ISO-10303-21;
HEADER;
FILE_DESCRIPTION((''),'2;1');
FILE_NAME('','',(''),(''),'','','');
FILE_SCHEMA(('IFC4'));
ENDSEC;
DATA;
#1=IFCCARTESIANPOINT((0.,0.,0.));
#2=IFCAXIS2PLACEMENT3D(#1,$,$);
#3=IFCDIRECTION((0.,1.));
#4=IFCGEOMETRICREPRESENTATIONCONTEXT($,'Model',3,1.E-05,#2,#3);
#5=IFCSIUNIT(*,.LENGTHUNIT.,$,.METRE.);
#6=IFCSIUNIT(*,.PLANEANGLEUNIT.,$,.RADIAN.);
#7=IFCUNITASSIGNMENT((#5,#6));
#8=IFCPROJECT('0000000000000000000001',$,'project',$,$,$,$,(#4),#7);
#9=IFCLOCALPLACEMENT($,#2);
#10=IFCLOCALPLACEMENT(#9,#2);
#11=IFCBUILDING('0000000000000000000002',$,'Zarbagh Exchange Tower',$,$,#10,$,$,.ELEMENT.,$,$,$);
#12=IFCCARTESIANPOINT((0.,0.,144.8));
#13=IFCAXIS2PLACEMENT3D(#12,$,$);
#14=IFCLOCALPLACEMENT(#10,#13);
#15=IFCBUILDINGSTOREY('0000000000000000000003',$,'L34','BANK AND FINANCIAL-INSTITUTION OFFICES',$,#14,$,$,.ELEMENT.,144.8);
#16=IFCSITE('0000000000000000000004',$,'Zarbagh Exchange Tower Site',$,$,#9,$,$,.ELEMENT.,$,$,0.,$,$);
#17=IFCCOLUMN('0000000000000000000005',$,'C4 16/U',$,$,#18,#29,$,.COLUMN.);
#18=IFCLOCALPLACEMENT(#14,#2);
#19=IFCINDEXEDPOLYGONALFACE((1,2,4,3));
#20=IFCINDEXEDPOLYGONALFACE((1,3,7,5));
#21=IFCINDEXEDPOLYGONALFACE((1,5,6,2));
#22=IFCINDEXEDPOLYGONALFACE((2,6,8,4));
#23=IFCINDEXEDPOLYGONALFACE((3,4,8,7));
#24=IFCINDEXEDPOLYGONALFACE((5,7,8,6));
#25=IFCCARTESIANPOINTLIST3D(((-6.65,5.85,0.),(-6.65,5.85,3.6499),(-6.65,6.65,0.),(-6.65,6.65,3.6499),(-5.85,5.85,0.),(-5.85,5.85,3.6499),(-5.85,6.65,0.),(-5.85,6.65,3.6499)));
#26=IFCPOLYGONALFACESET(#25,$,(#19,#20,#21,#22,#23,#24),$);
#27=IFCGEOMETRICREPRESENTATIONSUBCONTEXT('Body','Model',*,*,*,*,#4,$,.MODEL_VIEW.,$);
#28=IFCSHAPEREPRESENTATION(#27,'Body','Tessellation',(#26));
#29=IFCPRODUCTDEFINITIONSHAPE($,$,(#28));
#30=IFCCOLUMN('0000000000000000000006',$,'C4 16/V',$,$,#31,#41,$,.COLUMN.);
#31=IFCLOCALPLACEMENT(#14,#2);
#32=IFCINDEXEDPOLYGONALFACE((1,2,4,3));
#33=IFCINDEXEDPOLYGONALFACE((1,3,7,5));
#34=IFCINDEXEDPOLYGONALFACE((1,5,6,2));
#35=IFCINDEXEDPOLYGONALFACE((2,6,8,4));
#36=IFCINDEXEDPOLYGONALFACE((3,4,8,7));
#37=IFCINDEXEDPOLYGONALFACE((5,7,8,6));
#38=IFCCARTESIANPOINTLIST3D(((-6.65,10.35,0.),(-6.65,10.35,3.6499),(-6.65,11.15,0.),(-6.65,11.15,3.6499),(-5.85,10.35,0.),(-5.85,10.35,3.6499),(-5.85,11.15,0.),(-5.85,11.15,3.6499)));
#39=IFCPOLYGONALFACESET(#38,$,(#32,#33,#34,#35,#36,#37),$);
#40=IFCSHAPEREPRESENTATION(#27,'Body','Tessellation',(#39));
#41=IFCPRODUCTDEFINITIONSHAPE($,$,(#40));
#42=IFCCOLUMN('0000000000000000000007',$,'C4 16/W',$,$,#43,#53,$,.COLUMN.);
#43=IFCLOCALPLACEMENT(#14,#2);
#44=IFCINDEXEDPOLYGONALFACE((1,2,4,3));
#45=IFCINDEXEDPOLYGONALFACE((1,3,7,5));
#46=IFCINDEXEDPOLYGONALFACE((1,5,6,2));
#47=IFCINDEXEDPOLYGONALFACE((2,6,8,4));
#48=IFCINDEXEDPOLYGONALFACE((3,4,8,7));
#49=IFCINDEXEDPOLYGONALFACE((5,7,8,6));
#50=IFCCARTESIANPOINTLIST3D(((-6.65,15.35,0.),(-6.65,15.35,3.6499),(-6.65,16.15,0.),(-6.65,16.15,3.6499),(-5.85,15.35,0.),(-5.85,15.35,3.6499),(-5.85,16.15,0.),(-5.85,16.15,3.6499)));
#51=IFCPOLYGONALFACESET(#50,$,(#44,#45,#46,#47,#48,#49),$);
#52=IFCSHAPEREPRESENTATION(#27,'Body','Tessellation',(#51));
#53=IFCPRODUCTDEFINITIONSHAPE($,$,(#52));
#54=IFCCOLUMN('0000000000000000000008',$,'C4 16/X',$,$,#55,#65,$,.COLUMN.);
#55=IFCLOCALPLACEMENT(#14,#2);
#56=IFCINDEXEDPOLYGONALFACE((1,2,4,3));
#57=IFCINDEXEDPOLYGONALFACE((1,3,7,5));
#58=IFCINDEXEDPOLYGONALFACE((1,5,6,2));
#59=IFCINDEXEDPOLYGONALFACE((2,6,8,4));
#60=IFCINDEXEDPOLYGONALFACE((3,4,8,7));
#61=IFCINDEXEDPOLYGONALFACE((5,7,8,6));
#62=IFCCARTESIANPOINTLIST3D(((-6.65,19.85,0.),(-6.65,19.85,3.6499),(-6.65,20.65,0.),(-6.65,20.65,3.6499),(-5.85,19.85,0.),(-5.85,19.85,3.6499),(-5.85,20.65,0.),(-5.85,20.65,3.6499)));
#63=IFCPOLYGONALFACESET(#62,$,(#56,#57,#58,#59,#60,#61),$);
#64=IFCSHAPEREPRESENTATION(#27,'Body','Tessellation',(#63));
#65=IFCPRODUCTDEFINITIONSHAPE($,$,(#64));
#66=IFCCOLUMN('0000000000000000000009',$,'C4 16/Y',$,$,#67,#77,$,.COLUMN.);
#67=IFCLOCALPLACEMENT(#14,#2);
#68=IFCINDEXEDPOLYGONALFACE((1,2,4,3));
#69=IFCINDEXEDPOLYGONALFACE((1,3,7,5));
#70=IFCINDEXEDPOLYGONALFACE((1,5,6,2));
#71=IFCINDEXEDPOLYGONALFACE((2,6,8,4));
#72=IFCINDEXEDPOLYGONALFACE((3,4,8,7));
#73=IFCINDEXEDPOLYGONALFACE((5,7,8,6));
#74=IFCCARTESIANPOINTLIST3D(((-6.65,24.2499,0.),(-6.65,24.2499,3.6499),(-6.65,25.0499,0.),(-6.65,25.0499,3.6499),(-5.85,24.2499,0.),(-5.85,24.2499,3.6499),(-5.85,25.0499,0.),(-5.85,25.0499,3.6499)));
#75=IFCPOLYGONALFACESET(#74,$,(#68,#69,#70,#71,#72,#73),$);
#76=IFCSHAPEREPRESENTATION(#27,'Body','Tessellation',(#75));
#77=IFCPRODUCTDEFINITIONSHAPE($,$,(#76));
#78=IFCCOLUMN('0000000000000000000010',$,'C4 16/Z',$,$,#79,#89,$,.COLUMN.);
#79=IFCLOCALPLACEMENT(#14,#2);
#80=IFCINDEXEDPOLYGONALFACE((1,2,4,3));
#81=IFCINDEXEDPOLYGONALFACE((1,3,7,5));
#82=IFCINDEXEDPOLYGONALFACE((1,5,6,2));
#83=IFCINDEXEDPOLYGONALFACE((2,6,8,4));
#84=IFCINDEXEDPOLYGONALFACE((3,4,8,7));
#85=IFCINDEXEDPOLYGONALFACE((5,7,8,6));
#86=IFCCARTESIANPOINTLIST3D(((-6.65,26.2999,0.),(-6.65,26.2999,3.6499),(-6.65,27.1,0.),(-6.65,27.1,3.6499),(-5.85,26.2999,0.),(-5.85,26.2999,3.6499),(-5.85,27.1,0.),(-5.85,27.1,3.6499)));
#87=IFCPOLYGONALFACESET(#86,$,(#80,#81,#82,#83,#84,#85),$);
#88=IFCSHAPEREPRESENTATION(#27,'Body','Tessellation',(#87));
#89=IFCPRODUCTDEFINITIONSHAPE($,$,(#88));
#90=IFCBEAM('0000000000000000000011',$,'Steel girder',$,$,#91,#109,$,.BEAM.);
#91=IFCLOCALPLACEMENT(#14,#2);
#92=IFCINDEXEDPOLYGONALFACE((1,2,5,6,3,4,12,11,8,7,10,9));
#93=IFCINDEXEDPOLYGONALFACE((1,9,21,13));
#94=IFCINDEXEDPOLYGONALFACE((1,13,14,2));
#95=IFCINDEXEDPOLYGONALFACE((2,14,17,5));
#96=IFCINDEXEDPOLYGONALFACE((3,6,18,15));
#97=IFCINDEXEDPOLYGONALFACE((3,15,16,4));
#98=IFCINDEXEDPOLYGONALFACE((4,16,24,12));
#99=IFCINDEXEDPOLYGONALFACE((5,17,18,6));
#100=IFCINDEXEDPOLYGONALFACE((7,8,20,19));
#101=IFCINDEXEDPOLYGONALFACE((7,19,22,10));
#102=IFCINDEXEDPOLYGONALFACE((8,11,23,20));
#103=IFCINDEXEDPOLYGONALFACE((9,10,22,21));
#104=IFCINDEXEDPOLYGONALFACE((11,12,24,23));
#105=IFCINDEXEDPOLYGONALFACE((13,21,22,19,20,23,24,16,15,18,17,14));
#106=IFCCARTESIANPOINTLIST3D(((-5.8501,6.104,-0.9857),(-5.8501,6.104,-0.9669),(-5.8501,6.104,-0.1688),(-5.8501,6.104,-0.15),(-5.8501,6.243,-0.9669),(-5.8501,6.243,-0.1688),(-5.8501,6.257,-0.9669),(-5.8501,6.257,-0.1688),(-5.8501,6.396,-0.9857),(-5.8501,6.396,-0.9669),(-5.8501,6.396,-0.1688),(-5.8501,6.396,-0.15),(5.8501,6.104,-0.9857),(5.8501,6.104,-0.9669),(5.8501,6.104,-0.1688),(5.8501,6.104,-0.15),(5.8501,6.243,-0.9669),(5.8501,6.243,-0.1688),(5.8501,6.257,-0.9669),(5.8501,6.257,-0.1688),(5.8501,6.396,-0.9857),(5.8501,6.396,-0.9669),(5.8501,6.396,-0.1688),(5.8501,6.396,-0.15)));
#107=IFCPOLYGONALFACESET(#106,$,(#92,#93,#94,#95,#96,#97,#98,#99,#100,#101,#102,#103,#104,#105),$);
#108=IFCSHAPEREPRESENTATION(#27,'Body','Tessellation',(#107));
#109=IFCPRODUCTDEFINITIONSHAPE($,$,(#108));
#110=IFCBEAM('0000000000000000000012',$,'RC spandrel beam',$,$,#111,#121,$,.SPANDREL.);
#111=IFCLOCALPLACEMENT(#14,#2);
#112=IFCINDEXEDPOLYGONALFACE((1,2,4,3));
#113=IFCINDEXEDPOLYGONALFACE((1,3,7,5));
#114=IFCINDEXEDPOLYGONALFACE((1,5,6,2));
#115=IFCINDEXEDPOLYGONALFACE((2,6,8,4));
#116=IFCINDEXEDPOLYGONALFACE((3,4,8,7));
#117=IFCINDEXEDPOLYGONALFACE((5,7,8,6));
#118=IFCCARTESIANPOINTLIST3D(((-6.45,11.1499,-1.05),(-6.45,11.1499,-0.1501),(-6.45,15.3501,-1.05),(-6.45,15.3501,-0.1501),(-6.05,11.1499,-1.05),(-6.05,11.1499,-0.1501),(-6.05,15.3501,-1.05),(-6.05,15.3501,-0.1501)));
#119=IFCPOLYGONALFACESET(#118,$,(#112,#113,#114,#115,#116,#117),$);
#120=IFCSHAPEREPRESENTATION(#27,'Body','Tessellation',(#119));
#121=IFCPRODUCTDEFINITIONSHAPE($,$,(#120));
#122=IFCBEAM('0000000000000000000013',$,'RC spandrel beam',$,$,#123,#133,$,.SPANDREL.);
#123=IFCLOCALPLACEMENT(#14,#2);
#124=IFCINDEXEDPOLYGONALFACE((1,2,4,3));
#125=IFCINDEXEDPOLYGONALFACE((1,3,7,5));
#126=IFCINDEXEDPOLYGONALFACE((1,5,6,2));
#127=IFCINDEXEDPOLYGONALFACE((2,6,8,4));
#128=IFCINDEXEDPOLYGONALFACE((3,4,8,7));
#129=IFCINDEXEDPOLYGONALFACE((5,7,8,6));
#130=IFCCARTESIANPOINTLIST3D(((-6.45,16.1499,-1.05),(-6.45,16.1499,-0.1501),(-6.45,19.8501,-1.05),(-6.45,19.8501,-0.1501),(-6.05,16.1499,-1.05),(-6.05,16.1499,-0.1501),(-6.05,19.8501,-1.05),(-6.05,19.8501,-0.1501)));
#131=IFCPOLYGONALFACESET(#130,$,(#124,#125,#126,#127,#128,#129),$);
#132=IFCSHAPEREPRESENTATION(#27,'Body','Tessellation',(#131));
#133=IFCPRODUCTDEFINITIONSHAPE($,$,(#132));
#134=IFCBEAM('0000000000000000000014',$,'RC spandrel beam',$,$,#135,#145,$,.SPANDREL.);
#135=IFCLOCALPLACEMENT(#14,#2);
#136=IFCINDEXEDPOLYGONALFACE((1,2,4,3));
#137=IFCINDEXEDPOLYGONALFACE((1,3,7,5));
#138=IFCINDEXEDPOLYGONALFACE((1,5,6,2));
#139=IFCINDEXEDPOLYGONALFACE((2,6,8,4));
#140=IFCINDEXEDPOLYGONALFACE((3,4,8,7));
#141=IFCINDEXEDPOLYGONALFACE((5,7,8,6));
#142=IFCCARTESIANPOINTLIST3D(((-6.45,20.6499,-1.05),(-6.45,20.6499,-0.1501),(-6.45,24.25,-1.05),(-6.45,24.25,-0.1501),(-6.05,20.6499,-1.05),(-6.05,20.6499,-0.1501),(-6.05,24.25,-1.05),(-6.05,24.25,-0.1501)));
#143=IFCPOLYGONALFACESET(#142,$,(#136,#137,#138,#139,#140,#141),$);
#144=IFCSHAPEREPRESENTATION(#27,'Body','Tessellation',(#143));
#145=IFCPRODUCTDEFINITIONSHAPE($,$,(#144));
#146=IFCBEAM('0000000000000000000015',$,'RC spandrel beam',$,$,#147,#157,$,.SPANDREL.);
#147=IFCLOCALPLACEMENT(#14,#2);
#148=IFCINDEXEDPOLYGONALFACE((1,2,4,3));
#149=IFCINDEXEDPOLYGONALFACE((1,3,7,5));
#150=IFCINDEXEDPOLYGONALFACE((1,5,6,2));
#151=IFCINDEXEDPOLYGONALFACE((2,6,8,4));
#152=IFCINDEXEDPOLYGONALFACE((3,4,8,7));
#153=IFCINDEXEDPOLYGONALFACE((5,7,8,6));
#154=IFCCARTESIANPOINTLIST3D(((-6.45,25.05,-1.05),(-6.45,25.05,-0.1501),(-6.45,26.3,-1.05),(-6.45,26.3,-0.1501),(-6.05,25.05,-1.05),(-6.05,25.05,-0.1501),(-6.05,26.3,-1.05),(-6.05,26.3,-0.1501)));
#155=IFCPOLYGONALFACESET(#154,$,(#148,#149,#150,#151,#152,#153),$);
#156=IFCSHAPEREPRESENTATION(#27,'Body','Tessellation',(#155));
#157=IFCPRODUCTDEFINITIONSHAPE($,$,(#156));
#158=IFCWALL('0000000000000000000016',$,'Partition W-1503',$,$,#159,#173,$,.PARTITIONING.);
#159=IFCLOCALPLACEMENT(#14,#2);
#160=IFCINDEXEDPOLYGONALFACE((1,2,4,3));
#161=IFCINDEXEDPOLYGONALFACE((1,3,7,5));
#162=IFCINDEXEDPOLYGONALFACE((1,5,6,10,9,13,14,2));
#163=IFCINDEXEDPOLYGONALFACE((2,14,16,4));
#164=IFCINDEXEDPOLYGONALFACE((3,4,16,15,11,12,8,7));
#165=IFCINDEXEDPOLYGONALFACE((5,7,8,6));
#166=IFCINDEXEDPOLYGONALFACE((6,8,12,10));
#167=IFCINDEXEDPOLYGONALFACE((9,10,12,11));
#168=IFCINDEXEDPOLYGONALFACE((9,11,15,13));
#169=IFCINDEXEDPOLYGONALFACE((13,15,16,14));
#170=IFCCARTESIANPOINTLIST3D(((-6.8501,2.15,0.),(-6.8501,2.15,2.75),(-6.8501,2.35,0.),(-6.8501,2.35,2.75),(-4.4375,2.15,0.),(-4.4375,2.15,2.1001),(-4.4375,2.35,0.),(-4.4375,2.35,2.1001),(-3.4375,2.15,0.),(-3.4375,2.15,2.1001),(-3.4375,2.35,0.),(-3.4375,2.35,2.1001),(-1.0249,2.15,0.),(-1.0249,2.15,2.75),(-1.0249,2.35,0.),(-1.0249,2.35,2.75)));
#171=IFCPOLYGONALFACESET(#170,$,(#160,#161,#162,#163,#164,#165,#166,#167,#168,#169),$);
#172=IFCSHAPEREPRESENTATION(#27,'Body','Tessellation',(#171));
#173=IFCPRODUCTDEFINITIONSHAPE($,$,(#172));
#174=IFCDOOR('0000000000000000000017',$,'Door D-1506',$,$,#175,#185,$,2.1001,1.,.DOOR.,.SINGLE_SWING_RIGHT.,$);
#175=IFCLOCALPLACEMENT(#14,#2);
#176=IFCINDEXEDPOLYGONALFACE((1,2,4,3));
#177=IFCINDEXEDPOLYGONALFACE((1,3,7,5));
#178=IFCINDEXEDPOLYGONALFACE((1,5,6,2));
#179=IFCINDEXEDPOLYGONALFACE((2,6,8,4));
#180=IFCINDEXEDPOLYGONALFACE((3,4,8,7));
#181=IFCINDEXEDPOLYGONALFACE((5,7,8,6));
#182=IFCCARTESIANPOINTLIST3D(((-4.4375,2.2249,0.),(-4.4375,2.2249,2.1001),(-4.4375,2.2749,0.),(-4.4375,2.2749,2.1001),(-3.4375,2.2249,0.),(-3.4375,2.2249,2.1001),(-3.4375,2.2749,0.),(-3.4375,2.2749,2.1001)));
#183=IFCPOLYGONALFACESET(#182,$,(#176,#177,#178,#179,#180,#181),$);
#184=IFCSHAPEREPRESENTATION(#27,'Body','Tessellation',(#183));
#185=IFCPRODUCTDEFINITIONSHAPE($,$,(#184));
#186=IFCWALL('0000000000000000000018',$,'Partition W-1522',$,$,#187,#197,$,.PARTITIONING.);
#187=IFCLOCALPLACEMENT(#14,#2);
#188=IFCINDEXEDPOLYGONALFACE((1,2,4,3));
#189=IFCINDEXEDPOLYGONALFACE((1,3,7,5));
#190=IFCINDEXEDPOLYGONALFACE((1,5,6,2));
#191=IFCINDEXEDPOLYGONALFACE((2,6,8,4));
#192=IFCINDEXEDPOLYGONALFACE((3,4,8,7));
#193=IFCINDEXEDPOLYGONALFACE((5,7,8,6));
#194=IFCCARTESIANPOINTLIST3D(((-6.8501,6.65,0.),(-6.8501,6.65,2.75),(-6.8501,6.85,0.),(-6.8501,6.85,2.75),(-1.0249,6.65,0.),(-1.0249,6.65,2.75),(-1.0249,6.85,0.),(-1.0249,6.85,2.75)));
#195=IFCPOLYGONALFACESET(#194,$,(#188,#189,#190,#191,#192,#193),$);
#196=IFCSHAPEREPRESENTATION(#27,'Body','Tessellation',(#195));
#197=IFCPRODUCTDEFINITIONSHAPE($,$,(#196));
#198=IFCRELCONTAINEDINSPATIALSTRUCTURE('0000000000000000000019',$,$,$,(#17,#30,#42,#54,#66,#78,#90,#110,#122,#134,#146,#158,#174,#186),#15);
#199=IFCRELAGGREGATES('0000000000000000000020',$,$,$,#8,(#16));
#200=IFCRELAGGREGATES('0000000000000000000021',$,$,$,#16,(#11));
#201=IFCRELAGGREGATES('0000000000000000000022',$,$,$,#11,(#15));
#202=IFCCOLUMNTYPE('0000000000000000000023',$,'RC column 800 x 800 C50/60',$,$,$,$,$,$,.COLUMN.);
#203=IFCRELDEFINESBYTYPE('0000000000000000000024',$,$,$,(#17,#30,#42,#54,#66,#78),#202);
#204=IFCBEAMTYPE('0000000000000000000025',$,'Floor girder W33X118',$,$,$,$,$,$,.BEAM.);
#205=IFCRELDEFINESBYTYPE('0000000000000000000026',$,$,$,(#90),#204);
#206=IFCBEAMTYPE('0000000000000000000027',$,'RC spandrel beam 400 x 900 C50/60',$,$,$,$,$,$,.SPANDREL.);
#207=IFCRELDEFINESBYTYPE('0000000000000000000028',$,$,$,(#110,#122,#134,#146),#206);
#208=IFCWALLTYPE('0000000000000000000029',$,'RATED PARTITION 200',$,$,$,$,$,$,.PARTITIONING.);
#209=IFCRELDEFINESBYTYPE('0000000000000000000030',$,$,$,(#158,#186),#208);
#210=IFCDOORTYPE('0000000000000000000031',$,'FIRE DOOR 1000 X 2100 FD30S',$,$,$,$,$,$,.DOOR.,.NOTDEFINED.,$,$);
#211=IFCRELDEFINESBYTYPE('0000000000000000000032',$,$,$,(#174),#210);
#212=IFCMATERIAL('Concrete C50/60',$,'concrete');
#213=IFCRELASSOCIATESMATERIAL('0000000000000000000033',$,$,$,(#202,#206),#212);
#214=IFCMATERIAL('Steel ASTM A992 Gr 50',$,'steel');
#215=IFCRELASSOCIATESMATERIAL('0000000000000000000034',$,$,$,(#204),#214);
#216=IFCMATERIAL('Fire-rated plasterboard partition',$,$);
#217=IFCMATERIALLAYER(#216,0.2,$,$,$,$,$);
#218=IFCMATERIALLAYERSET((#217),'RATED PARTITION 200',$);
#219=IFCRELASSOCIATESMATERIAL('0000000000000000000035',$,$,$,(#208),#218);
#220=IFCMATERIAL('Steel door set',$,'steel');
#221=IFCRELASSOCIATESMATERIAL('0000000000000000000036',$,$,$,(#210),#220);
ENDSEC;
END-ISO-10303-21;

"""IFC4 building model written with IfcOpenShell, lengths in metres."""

from ifc_helpers import new_model, si_unit, direction, frame, frame_2d, origin, origin_2d, place, context, subcontext, project, spatial, rectangle, i_section, extrude, material, layer, layer_set, material_profile, profile_set, type_object, element, fill, save


model = new_model("IFC4")

# Units and contexts
model_context = context("Model", 3, precision=1e-05, world=origin(), true_north=direction((0.0, 1.0)))
body_context = subcontext(model_context, "Body", "Model", "MODEL_VIEW")
ifc_project = project(units=[si_unit("LENGTHUNIT", "METRE"), si_unit("PLANEANGLEUNIT", "RADIAN")], contexts=[model_context])

# Site, building, storey
site_placement = place(None, origin())
site = spatial("IfcSite", under=ifc_project, at=site_placement, Name="Zarbagh Exchange Tower Site", CompositionType="ELEMENT", RefElevation=0.0)
building_placement = place(site_placement, origin())
building = spatial("IfcBuilding", under=site, at=building_placement, Name="Zarbagh Exchange Tower", CompositionType="ELEMENT")
storey_placement = place(building_placement, frame((0.0, 0.0, 144.8)))
storey = spatial("IfcBuildingStorey", under=building, at=storey_placement, Name="L34", Description="BANK AND FINANCIAL-INSTITUTION OFFICES", CompositionType="ELEMENT", Elevation=144.8)

# Columns
ifc_material_1 = material(Name="Concrete C50/60", Category="concrete")
ifc_material_profile_1 = material_profile(ifc_material_1, rectangle(XDim=0.8, YDim=0.8, at=origin_2d()), Name="RC column 800 x 800 C50/60")
ifc_profile_set_1 = profile_set([ifc_material_profile_1], Name="Concrete C50/60")
column_type = type_object("IfcColumnType", Name="RC column 800 x 800 C50/60", PredefinedType="COLUMN", material=ifc_profile_set_1)
for number, where, z_axis, x_axis, name in (
    (1, (-6.25, 6.25, 0.0), (0.0, 0.0, 1.0), (1.0, 0.0, 0.0), "C4 16/U"),
    (2, (-6.25, 10.75, 0.0), (0.0, 0.0, 1.0), (1.0, 0.0, 0.0), "C4 16/V"),
    (3, (-6.25, 15.75, 0.0), (0.0, 0.0, 1.0), (1.0, 0.0, 0.0), "C4 16/W"),
    (4, (-6.25, 20.25, 0.0), (0.0, 0.0, 1.0), (1.0, 0.0, 0.0), "C4 16/X"),
    (5, (-6.25, 24.6499, 0.0), (0.0, 0.0, 1.0), (1.0, 0.0, 0.0), "C4 16/Y"),
    (6, (-6.25, 26.7, 0.0), (0.0, 0.0, 1.0), (1.0, 0.0, 0.0), "C4 16/Z"),
):
    element("IfcColumn", number, at=place(storey_placement, frame(where, z_axis=z_axis, x_axis=x_axis)), inside=storey, type_object=column_type, Name=name, PredefinedType="COLUMN", context=body_context, shape_type="SweptSolid", body=[
        extrude(rectangle(XDim=0.8, YDim=0.8, at=origin_2d()), origin(), (0.0, 0.0, 1.0), 3.6499),
    ])

# Beams
ifc_material_2 = material(Name="Steel ASTM A992 Gr 50", Category="steel")
ifc_material_profile_2 = material_profile(ifc_material_2, i_section(OverallWidth=0.292, OverallDepth=0.8357, WebThickness=0.0139, FlangeThickness=0.0188, at=origin_2d()), Name="W33X118")
ifc_profile_set_2 = profile_set([ifc_material_profile_2], Name="Steel ASTM A992 Gr 50")
beam_type_1 = type_object("IfcBeamType", Name="Floor girder W33X118", PredefinedType="BEAM", material=ifc_profile_set_2)
beam_1_placement = place(storey_placement, frame((-5.8501, 6.25, -0.5679), z_axis=(1.0, 0.0, 0.0), x_axis=(0.0, 1.0, 0.0)))
element("IfcBeam", 7, at=beam_1_placement, inside=storey, type_object=beam_type_1, Name="Steel girder", PredefinedType="BEAM", context=body_context, shape_type="SweptSolid", body=[
    extrude(i_section(OverallWidth=0.292, OverallDepth=0.8357, WebThickness=0.0139, FlangeThickness=0.0188, at=origin_2d()), origin(), (0.0, 0.0, 1.0), 11.7002),
])
ifc_material_profile_3 = material_profile(ifc_material_1, rectangle(XDim=0.3999, YDim=0.8999, at=origin_2d()), Name="RC spandrel beam 400 x 900 C50/60")
ifc_profile_set_3 = profile_set([ifc_material_profile_3], Name="Concrete C50/60")
beam_type_2 = type_object("IfcBeamType", Name="RC spandrel beam 400 x 900 C50/60", PredefinedType="SPANDREL", material=ifc_profile_set_3)
beam_2_placement = place(storey_placement, frame((-6.25, 11.1499, -0.6001), z_axis=(0.0, 1.0, 0.0), x_axis=(-1.0, 0.0, 0.0)))
element("IfcBeam", 8, at=beam_2_placement, inside=storey, type_object=beam_type_2, Name="RC spandrel beam", PredefinedType="SPANDREL", context=body_context, shape_type="SweptSolid", body=[
    extrude(rectangle(XDim=0.3999, YDim=0.8999, at=origin_2d()), origin(), (0.0, 0.0, 1.0), 4.2002),
])
beam_3_placement = place(storey_placement, frame((-6.25, 16.1499, -0.6001), z_axis=(0.0, 1.0, 0.0), x_axis=(-1.0, 0.0, 0.0)))
element("IfcBeam", 9, at=beam_3_placement, inside=storey, type_object=beam_type_2, Name="RC spandrel beam", PredefinedType="SPANDREL", context=body_context, shape_type="SweptSolid", body=[
    extrude(rectangle(XDim=0.3999, YDim=0.8999, at=origin_2d()), origin(), (0.0, 0.0, 1.0), 3.7002),
])
beam_4_placement = place(storey_placement, frame((-6.25, 20.6499, -0.6001), z_axis=(0.0, 1.0, 0.0), x_axis=(-1.0, 0.0, 0.0)))
element("IfcBeam", 10, at=beam_4_placement, inside=storey, type_object=beam_type_2, Name="RC spandrel beam", PredefinedType="SPANDREL", context=body_context, shape_type="SweptSolid", body=[
    extrude(rectangle(XDim=0.3999, YDim=0.8999, at=origin_2d()), origin(), (0.0, 0.0, 1.0), 3.6001),
])
beam_5_placement = place(storey_placement, frame((-6.25, 25.05, -0.6001), z_axis=(0.0, 1.0, 0.0), x_axis=(-1.0, 0.0, 0.0)))
element("IfcBeam", 11, at=beam_5_placement, inside=storey, type_object=beam_type_2, Name="RC spandrel beam", PredefinedType="SPANDREL", context=body_context, shape_type="SweptSolid", body=[
    extrude(rectangle(XDim=0.3999, YDim=0.8999, at=origin_2d()), origin(), (0.0, 0.0, 1.0), 1.25),
])

# Wall, opening, door
ifc_material_3 = material(Name="Fire-rated plasterboard partition")
ifc_layer_1 = layer(ifc_material_3, 0.2)
ifc_layer_set_1 = layer_set([ifc_layer_1], Name="RATED PARTITION 200")
wall_type_1 = type_object("IfcWallType", Name="RATED PARTITION 200", PredefinedType="PARTITIONING", material=ifc_layer_set_1)
wall_1_placement = place(storey_placement, frame((-6.8501, 2.25, 0.0), z_axis=(0.0, 0.0, 1.0), x_axis=(1.0, 0.0, 0.0)))
wall_1 = element("IfcWall", 12, at=wall_1_placement, inside=storey, type_object=wall_type_1, Name="Partition W-1503", PredefinedType="PARTITIONING", context=body_context, shape_type="SweptSolid", body=[
    extrude(rectangle(XDim=5.8252, YDim=0.2, at=frame_2d((2.9126, 0.0))), origin(), (0.0, 0.0, 1.0), 2.75),
])
opening_1_placement = place(wall_1_placement, frame((2.4126, 0.0, 0.0)))
opening_1 = element("IfcOpeningElement", 13, at=opening_1_placement, cuts=wall_1, PredefinedType="OPENING", context=body_context, shape_type="SweptSolid", body=[
    extrude(rectangle(XDim=1.0, YDim=2.1001, at=frame_2d((0.5, 1.05))), frame((0.0, 0.1099, 0.0), z_axis=(0.0, -1.0, 0.0), x_axis=(1.0, 0.0, 0.0)), (0.0, 0.0, 1.0), 0.22),
])
ifc_material_4 = material(Name="Steel door set", Category="steel")
door_type_1 = type_object("IfcDoorType", Name="FIRE DOOR 1000 X 2100 FD30S", OperationType="NOTDEFINED", PredefinedType="DOOR", material=ifc_material_4)
door_1_placement = place(opening_1_placement, origin())
door_1 = element("IfcDoor", 14, at=door_1_placement, inside=storey, type_object=door_type_1, Name="Door D-1506", OperationType="SINGLE_SWING_RIGHT", OverallHeight=2.1001, OverallWidth=1.0, PredefinedType="DOOR", context=body_context, shape_type="SweptSolid", body=[
    extrude(rectangle(XDim=1.0, YDim=2.1001, at=frame_2d((0.5, 1.05))), frame((0.0, 0.0249, 0.0), z_axis=(0.0, -1.0, 0.0), x_axis=(1.0, 0.0, 0.0)), (0.0, 0.0, 1.0), 0.05),
])
fill(opening_1, door_1)

# Wall
wall_2_placement = place(storey_placement, frame((-6.8501, 6.75, 0.0), z_axis=(0.0, 0.0, 1.0), x_axis=(1.0, 0.0, 0.0)))
element("IfcWall", 15, at=wall_2_placement, inside=storey, type_object=wall_type_1, Name="Partition W-1522", PredefinedType="PARTITIONING", context=body_context, shape_type="SweptSolid", body=[
    extrude(rectangle(XDim=5.8252, YDim=0.2, at=frame_2d((2.9126, 0.0))), origin(), (0.0, 0.0, 1.0), 2.75),
])

save(model, "model.ifc")
